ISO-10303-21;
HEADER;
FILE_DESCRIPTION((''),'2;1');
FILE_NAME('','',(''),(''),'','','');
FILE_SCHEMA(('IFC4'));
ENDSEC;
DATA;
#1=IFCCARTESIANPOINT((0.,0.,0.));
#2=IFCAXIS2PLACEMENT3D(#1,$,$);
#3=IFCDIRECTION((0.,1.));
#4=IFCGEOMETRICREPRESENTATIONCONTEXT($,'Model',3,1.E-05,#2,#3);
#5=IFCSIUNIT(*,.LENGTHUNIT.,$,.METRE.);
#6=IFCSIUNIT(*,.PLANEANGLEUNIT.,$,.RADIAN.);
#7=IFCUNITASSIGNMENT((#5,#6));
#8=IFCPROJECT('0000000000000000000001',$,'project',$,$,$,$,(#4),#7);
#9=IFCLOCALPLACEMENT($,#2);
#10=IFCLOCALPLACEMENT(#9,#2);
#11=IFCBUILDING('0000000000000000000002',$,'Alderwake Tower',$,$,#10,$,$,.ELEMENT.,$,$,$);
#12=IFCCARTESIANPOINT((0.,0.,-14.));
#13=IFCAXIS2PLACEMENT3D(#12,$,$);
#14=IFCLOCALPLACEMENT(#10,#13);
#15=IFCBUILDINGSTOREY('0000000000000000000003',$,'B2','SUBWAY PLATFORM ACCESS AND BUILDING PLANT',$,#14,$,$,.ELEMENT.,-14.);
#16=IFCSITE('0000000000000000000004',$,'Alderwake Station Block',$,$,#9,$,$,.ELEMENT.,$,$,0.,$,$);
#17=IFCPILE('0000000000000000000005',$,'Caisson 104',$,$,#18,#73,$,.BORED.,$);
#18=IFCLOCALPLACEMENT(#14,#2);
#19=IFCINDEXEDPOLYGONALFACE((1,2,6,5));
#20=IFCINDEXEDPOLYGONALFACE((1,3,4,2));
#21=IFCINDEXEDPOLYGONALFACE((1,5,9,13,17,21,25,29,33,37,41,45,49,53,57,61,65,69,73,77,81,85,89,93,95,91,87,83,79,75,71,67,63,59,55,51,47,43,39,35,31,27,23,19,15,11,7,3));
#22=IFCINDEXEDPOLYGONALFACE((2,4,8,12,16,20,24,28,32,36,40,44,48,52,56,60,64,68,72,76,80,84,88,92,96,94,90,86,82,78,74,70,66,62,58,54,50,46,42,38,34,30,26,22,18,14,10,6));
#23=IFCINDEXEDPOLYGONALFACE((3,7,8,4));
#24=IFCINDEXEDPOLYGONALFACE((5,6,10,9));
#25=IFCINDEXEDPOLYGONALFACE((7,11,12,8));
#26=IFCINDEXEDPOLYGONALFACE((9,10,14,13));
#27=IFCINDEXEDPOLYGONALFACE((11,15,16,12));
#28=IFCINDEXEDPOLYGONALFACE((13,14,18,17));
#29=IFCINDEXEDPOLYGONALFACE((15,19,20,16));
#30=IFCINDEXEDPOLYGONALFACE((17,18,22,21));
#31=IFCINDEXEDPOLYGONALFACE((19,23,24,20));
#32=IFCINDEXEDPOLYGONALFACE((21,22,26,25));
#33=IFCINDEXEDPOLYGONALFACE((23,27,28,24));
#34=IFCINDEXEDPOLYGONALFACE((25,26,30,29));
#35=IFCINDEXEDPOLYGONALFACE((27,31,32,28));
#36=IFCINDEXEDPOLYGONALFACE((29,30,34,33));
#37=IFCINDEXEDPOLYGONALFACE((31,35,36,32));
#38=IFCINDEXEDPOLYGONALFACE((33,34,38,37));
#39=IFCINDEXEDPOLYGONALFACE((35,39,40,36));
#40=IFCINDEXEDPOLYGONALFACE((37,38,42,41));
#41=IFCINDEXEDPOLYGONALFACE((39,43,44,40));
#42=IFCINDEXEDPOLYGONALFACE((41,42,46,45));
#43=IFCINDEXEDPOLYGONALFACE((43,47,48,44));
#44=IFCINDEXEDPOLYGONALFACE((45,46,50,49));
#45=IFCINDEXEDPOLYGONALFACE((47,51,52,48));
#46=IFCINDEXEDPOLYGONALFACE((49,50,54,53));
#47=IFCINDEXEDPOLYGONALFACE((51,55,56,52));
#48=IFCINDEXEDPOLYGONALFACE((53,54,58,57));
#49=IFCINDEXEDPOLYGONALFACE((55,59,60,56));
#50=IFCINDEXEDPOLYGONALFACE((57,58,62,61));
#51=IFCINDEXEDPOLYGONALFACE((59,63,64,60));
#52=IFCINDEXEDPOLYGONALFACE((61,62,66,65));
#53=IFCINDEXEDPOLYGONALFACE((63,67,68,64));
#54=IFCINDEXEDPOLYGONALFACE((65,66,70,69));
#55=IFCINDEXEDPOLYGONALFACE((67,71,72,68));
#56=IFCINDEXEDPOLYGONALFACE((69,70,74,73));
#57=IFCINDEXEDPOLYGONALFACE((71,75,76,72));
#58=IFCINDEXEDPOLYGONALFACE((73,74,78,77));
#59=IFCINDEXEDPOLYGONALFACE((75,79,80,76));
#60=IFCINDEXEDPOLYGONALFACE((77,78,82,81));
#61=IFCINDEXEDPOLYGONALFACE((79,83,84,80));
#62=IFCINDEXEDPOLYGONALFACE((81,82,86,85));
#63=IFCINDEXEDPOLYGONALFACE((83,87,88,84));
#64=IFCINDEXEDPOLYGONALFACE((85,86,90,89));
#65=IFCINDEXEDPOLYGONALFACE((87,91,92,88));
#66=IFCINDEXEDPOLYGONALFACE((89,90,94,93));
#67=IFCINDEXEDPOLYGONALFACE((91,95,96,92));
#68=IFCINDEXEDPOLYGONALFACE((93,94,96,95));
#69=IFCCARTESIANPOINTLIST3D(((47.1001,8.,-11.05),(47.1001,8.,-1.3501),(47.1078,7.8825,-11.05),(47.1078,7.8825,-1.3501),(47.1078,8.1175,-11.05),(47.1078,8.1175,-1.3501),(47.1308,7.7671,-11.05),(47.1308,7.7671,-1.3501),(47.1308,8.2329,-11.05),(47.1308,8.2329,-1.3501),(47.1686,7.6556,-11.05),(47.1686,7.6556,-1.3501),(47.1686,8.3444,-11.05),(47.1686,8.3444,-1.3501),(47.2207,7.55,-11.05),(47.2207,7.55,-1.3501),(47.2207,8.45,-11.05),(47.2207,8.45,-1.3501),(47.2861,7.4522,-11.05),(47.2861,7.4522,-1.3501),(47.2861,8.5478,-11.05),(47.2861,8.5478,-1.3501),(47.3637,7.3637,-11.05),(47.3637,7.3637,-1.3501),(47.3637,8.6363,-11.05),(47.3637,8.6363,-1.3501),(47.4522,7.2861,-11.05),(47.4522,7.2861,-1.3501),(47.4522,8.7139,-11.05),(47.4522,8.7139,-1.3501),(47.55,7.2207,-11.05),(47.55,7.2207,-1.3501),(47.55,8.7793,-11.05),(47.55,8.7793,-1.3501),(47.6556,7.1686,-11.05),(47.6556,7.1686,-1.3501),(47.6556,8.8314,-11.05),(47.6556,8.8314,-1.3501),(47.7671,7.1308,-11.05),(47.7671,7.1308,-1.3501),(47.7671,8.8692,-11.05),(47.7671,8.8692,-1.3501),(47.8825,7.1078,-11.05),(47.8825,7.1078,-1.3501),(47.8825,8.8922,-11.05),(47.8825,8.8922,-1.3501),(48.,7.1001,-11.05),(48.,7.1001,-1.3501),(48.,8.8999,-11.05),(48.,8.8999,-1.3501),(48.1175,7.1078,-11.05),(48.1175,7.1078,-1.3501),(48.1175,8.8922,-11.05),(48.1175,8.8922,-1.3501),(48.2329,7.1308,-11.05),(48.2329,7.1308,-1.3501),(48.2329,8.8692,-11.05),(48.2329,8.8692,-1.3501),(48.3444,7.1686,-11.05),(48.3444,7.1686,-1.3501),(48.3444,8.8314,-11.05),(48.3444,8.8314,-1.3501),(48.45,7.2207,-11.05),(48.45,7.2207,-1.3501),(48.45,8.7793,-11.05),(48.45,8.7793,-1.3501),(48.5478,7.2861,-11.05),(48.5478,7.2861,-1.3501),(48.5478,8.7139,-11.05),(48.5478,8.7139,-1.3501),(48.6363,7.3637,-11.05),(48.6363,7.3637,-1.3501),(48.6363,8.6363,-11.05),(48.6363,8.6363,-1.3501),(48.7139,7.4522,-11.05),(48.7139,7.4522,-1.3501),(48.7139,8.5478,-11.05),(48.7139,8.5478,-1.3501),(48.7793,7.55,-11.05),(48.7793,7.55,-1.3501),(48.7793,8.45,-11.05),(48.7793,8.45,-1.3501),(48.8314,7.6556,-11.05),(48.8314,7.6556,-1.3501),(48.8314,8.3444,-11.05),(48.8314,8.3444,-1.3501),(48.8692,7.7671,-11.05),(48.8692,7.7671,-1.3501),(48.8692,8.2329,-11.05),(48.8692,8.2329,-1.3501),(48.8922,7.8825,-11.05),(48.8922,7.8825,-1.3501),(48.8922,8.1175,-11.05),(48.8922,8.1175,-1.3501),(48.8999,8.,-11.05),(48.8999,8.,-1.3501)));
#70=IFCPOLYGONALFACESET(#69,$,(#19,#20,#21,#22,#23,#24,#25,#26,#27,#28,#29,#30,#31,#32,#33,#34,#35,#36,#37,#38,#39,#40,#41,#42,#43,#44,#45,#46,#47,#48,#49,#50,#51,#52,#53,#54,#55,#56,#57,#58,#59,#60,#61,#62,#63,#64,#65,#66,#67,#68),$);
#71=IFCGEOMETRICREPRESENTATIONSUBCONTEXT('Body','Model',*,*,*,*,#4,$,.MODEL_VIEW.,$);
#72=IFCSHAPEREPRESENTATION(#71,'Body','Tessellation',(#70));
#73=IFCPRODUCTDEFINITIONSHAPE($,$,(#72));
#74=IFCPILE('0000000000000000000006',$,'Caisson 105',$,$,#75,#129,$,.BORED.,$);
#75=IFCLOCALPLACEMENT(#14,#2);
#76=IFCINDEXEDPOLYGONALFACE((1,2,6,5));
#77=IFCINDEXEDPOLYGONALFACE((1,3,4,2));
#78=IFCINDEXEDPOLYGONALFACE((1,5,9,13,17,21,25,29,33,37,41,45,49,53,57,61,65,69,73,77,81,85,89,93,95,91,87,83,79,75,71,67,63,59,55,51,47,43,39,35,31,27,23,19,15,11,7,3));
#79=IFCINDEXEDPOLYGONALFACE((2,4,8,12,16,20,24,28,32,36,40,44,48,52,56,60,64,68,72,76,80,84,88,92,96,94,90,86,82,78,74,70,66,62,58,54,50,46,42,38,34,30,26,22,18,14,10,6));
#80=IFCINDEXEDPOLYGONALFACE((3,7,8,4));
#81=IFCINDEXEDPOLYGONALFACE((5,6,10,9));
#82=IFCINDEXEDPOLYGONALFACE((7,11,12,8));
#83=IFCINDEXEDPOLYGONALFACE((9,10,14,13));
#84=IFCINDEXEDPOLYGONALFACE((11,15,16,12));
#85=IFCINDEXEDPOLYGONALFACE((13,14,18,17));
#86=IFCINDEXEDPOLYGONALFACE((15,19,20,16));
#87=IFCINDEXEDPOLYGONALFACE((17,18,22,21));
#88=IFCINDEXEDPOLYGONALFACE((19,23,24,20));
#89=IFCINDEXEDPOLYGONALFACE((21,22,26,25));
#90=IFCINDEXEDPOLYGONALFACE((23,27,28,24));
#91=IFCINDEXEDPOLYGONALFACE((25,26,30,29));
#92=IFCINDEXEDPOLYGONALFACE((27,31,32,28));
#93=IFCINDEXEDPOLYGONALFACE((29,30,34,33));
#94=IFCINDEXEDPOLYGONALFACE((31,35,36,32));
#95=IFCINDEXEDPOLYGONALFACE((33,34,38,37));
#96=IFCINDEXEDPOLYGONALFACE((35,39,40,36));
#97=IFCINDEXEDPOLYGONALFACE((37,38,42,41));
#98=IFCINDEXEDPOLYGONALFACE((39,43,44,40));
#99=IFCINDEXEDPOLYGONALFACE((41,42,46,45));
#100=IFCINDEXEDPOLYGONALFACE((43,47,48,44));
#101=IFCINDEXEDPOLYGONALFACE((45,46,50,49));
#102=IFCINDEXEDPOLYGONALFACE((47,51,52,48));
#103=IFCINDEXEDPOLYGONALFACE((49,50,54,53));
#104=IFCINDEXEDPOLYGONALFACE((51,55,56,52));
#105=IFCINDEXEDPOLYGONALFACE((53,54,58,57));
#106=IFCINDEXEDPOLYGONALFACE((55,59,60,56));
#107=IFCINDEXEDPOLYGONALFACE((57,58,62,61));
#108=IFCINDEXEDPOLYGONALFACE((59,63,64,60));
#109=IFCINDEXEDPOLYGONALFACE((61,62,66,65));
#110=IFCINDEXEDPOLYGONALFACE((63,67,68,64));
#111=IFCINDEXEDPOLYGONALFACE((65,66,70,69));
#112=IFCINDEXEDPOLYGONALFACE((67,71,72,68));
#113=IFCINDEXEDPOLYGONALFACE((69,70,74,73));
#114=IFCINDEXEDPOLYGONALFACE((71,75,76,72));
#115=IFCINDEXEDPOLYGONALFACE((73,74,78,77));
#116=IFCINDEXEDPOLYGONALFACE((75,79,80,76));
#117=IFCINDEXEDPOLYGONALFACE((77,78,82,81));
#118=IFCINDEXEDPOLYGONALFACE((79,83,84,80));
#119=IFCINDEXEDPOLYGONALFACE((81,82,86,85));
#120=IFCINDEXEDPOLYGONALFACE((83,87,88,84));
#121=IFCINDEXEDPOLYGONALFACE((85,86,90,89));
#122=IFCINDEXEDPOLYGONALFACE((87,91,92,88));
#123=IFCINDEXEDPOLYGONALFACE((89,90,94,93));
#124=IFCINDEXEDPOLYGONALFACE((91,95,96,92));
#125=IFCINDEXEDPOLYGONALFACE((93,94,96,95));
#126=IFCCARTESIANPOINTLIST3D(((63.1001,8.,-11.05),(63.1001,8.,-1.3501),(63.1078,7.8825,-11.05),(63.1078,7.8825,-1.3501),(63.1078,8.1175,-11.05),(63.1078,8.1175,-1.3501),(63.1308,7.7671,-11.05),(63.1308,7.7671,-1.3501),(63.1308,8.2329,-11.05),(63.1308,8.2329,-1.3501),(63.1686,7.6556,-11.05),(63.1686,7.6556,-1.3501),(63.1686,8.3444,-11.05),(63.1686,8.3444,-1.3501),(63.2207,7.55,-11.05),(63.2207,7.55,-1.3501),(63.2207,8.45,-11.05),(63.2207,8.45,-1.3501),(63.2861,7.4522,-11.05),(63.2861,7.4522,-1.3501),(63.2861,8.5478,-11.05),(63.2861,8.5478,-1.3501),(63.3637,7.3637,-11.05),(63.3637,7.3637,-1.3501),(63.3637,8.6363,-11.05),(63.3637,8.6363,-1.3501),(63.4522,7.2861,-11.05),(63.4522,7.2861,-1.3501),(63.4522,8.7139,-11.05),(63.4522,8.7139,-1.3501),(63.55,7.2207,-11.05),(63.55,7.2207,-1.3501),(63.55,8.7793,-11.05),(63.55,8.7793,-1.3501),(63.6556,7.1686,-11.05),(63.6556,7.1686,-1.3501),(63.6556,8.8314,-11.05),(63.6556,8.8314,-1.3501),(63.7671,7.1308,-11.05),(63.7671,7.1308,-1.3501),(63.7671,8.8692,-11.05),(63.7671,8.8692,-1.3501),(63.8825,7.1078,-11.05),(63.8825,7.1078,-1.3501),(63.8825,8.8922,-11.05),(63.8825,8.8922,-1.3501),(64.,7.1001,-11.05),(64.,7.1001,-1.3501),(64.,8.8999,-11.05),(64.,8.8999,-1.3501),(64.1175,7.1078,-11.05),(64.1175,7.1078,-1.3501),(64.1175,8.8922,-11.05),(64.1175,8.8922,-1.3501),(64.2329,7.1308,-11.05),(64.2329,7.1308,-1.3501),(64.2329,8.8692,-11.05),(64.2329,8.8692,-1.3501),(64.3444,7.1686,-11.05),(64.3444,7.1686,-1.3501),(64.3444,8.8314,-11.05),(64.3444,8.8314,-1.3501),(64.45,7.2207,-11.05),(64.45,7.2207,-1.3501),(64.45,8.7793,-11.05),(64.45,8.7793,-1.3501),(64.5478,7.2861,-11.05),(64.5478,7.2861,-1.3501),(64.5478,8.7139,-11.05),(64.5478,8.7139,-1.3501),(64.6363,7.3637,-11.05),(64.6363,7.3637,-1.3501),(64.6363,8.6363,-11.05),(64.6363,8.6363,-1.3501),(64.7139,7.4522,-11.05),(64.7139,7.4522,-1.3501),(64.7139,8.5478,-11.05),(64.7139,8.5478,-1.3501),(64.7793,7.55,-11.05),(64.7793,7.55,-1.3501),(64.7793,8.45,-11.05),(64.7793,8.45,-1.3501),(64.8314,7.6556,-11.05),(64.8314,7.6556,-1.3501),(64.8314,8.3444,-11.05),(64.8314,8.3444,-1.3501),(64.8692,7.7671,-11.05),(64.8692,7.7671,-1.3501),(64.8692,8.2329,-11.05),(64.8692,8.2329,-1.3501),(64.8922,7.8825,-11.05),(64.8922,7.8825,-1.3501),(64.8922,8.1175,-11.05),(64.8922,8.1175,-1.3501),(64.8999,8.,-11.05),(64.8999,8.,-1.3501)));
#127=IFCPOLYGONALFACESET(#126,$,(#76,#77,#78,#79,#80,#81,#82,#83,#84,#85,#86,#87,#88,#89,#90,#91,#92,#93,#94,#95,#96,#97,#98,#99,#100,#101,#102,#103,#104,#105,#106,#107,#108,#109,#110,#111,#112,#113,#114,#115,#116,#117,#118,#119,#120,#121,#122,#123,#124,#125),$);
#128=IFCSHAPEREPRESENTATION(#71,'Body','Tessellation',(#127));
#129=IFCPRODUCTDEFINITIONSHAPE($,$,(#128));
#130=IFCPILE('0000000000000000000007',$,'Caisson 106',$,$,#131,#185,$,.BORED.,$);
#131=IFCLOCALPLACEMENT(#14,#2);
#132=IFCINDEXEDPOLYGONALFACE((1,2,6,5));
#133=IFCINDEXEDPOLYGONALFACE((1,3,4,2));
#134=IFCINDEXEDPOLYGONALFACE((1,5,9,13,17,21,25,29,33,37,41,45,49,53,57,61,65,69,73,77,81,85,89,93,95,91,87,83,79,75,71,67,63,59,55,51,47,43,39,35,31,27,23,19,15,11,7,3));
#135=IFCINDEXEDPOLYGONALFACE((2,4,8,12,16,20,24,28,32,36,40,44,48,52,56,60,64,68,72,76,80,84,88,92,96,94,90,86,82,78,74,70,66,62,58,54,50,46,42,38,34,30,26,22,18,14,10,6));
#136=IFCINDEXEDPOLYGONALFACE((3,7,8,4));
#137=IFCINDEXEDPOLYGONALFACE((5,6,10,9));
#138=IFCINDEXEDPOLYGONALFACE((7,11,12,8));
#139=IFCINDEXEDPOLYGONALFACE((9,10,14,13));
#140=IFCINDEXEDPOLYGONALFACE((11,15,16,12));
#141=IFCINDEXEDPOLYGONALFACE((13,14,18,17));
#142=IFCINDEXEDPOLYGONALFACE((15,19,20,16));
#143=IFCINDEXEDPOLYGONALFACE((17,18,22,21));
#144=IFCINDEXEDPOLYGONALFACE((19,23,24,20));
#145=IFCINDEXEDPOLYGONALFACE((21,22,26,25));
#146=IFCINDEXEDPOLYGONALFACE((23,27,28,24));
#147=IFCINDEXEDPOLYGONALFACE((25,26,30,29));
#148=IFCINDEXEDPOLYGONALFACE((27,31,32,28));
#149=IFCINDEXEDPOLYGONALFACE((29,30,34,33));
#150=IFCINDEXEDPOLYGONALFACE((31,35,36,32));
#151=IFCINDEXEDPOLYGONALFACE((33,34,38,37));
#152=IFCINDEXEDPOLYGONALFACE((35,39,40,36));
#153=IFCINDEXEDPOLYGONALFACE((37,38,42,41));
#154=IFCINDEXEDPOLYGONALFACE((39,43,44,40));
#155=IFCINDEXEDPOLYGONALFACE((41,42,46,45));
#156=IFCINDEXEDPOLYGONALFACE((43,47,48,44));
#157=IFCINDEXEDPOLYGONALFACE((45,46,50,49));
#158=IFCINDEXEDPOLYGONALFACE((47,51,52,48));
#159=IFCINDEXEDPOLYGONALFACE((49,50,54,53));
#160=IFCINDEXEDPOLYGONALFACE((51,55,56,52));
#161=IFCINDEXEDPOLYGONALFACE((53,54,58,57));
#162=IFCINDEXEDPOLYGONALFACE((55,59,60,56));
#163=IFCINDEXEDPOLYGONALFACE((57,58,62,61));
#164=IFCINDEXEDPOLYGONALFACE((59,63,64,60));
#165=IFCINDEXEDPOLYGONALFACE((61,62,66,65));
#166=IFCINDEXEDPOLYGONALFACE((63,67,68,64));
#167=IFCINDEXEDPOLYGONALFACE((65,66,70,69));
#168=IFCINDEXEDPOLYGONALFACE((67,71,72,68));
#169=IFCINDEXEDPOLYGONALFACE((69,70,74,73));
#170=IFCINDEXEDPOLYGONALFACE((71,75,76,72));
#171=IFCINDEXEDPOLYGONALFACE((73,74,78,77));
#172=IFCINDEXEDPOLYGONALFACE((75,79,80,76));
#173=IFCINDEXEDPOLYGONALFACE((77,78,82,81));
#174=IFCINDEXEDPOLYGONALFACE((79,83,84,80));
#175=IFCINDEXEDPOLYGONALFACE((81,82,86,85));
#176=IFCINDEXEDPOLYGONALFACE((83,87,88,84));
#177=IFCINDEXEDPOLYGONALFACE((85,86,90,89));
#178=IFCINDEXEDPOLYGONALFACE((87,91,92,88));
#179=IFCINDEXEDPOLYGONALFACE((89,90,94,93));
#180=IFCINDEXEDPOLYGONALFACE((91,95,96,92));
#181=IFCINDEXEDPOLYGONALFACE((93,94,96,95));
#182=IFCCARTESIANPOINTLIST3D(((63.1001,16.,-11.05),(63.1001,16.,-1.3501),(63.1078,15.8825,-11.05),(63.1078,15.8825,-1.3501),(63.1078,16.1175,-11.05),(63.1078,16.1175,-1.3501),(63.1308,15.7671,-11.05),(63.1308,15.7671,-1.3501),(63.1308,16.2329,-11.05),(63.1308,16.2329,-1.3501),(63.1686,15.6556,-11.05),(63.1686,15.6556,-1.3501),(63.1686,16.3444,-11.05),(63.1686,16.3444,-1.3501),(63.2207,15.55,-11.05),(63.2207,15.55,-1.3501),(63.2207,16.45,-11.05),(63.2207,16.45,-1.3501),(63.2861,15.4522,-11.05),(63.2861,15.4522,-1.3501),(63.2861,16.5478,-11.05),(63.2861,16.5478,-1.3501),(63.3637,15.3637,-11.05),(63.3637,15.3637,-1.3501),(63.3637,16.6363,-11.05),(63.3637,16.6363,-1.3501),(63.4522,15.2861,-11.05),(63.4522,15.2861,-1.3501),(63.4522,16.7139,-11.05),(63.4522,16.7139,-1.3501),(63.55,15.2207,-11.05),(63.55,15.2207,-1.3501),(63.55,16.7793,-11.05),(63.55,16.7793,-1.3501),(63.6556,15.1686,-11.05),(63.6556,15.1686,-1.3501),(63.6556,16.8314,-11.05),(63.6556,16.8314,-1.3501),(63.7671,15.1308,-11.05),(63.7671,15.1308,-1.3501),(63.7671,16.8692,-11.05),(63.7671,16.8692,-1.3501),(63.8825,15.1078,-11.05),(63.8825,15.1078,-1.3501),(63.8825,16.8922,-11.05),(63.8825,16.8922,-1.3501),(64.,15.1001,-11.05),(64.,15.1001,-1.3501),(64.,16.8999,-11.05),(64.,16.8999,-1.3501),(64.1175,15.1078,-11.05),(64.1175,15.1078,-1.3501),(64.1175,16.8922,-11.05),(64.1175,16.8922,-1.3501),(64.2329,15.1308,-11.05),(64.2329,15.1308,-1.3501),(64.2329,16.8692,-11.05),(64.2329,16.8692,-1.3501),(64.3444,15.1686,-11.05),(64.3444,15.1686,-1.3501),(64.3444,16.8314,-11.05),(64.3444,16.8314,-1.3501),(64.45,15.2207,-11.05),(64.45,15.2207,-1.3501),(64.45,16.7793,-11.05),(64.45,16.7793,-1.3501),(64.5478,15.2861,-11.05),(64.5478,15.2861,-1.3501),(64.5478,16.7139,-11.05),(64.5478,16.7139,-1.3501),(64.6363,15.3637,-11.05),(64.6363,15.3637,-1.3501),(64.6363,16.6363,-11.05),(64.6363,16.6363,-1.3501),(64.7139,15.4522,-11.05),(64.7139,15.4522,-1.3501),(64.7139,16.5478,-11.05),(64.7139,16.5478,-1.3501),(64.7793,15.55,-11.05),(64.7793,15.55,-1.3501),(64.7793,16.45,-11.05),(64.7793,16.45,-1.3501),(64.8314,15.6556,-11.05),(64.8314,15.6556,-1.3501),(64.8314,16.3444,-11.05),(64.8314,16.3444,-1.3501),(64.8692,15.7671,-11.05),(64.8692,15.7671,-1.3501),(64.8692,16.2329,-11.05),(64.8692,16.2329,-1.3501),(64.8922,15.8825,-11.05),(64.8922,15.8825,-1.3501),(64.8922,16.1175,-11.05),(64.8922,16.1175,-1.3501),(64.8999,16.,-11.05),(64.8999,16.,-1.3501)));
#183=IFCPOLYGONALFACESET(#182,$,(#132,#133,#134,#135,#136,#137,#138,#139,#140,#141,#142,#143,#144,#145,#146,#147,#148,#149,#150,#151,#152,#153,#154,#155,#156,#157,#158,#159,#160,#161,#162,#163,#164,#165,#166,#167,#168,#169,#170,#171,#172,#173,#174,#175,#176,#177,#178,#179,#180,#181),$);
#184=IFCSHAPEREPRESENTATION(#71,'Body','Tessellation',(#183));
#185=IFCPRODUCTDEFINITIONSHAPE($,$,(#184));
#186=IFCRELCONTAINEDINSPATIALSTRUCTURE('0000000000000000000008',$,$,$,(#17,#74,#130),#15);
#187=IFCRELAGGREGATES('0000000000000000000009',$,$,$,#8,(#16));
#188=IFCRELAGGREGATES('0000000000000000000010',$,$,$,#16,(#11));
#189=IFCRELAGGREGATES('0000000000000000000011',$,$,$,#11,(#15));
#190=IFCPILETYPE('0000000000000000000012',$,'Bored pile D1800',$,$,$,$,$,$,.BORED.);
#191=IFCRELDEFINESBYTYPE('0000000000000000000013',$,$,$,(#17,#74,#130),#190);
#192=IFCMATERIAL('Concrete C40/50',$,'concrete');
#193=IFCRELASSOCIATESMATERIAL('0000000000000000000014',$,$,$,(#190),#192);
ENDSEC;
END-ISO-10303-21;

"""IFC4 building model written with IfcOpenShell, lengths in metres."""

from ifc_helpers import new_model, si_unit, direction, frame, origin, origin_2d, place, context, subcontext, project, spatial, circle, extrude, material, material_profile, profile_set, type_object, element, save


model = new_model("IFC4")

# Units and contexts
model_context = context("Model", 3, precision=1e-05, world=origin(), true_north=direction((0.0, 1.0)))
body_context = subcontext(model_context, "Body", "Model", "MODEL_VIEW")
ifc_project = project(units=[si_unit("LENGTHUNIT", "METRE"), si_unit("PLANEANGLEUNIT", "RADIAN")], contexts=[model_context])

# Site, building, storey
site_placement = place(None, origin())
site = spatial("IfcSite", under=ifc_project, at=site_placement, Name="Alderwake Station Block", CompositionType="ELEMENT", RefElevation=0.0)
building_placement = place(site_placement, origin())
building = spatial("IfcBuilding", under=site, at=building_placement, Name="Alderwake Tower", CompositionType="ELEMENT")
storey_placement = place(building_placement, frame((0.0, 0.0, -14.0)))
storey = spatial("IfcBuildingStorey", under=building, at=storey_placement, Name="B2", Description="SUBWAY PLATFORM ACCESS AND BUILDING PLANT", CompositionType="ELEMENT", Elevation=-14.0)

# Piles
ifc_material_1 = material(Name="Concrete C40/50", Category="concrete")
ifc_material_profile_1 = material_profile(ifc_material_1, circle(Radius=0.8999, at=origin_2d()), Name="PILE 1800")
ifc_profile_set_1 = profile_set([ifc_material_profile_1], Name="Concrete C40/50")
pile_type_1 = type_object("IfcPileType", Name="Bored pile D1800", PredefinedType="BORED", material=ifc_profile_set_1)
for number, where, z_axis, x_axis, name in (
    (1, (48.0, 8.0, -1.3501), (0.0, 0.0, -1.0), (1.0, 0.0, 0.0), "Caisson 104"),
    (2, (64.0, 8.0, -1.3501), (0.0, 0.0, -1.0), (1.0, 0.0, 0.0), "Caisson 105"),
    (3, (64.0, 16.0, -1.3501), (0.0, 0.0, -1.0), (1.0, 0.0, 0.0), "Caisson 106"),
):
    element("IfcPile", number, at=place(storey_placement, frame(where, z_axis=z_axis, x_axis=x_axis)), inside=storey, type_object=pile_type_1, Name=name, PredefinedType="BORED", context=body_context, shape_type="SweptSolid", body=[
        extrude(circle(Radius=0.8999, at=origin_2d()), origin(), (0.0, 0.0, 1.0), 9.7),
    ])

save(model, "model.ifc")
